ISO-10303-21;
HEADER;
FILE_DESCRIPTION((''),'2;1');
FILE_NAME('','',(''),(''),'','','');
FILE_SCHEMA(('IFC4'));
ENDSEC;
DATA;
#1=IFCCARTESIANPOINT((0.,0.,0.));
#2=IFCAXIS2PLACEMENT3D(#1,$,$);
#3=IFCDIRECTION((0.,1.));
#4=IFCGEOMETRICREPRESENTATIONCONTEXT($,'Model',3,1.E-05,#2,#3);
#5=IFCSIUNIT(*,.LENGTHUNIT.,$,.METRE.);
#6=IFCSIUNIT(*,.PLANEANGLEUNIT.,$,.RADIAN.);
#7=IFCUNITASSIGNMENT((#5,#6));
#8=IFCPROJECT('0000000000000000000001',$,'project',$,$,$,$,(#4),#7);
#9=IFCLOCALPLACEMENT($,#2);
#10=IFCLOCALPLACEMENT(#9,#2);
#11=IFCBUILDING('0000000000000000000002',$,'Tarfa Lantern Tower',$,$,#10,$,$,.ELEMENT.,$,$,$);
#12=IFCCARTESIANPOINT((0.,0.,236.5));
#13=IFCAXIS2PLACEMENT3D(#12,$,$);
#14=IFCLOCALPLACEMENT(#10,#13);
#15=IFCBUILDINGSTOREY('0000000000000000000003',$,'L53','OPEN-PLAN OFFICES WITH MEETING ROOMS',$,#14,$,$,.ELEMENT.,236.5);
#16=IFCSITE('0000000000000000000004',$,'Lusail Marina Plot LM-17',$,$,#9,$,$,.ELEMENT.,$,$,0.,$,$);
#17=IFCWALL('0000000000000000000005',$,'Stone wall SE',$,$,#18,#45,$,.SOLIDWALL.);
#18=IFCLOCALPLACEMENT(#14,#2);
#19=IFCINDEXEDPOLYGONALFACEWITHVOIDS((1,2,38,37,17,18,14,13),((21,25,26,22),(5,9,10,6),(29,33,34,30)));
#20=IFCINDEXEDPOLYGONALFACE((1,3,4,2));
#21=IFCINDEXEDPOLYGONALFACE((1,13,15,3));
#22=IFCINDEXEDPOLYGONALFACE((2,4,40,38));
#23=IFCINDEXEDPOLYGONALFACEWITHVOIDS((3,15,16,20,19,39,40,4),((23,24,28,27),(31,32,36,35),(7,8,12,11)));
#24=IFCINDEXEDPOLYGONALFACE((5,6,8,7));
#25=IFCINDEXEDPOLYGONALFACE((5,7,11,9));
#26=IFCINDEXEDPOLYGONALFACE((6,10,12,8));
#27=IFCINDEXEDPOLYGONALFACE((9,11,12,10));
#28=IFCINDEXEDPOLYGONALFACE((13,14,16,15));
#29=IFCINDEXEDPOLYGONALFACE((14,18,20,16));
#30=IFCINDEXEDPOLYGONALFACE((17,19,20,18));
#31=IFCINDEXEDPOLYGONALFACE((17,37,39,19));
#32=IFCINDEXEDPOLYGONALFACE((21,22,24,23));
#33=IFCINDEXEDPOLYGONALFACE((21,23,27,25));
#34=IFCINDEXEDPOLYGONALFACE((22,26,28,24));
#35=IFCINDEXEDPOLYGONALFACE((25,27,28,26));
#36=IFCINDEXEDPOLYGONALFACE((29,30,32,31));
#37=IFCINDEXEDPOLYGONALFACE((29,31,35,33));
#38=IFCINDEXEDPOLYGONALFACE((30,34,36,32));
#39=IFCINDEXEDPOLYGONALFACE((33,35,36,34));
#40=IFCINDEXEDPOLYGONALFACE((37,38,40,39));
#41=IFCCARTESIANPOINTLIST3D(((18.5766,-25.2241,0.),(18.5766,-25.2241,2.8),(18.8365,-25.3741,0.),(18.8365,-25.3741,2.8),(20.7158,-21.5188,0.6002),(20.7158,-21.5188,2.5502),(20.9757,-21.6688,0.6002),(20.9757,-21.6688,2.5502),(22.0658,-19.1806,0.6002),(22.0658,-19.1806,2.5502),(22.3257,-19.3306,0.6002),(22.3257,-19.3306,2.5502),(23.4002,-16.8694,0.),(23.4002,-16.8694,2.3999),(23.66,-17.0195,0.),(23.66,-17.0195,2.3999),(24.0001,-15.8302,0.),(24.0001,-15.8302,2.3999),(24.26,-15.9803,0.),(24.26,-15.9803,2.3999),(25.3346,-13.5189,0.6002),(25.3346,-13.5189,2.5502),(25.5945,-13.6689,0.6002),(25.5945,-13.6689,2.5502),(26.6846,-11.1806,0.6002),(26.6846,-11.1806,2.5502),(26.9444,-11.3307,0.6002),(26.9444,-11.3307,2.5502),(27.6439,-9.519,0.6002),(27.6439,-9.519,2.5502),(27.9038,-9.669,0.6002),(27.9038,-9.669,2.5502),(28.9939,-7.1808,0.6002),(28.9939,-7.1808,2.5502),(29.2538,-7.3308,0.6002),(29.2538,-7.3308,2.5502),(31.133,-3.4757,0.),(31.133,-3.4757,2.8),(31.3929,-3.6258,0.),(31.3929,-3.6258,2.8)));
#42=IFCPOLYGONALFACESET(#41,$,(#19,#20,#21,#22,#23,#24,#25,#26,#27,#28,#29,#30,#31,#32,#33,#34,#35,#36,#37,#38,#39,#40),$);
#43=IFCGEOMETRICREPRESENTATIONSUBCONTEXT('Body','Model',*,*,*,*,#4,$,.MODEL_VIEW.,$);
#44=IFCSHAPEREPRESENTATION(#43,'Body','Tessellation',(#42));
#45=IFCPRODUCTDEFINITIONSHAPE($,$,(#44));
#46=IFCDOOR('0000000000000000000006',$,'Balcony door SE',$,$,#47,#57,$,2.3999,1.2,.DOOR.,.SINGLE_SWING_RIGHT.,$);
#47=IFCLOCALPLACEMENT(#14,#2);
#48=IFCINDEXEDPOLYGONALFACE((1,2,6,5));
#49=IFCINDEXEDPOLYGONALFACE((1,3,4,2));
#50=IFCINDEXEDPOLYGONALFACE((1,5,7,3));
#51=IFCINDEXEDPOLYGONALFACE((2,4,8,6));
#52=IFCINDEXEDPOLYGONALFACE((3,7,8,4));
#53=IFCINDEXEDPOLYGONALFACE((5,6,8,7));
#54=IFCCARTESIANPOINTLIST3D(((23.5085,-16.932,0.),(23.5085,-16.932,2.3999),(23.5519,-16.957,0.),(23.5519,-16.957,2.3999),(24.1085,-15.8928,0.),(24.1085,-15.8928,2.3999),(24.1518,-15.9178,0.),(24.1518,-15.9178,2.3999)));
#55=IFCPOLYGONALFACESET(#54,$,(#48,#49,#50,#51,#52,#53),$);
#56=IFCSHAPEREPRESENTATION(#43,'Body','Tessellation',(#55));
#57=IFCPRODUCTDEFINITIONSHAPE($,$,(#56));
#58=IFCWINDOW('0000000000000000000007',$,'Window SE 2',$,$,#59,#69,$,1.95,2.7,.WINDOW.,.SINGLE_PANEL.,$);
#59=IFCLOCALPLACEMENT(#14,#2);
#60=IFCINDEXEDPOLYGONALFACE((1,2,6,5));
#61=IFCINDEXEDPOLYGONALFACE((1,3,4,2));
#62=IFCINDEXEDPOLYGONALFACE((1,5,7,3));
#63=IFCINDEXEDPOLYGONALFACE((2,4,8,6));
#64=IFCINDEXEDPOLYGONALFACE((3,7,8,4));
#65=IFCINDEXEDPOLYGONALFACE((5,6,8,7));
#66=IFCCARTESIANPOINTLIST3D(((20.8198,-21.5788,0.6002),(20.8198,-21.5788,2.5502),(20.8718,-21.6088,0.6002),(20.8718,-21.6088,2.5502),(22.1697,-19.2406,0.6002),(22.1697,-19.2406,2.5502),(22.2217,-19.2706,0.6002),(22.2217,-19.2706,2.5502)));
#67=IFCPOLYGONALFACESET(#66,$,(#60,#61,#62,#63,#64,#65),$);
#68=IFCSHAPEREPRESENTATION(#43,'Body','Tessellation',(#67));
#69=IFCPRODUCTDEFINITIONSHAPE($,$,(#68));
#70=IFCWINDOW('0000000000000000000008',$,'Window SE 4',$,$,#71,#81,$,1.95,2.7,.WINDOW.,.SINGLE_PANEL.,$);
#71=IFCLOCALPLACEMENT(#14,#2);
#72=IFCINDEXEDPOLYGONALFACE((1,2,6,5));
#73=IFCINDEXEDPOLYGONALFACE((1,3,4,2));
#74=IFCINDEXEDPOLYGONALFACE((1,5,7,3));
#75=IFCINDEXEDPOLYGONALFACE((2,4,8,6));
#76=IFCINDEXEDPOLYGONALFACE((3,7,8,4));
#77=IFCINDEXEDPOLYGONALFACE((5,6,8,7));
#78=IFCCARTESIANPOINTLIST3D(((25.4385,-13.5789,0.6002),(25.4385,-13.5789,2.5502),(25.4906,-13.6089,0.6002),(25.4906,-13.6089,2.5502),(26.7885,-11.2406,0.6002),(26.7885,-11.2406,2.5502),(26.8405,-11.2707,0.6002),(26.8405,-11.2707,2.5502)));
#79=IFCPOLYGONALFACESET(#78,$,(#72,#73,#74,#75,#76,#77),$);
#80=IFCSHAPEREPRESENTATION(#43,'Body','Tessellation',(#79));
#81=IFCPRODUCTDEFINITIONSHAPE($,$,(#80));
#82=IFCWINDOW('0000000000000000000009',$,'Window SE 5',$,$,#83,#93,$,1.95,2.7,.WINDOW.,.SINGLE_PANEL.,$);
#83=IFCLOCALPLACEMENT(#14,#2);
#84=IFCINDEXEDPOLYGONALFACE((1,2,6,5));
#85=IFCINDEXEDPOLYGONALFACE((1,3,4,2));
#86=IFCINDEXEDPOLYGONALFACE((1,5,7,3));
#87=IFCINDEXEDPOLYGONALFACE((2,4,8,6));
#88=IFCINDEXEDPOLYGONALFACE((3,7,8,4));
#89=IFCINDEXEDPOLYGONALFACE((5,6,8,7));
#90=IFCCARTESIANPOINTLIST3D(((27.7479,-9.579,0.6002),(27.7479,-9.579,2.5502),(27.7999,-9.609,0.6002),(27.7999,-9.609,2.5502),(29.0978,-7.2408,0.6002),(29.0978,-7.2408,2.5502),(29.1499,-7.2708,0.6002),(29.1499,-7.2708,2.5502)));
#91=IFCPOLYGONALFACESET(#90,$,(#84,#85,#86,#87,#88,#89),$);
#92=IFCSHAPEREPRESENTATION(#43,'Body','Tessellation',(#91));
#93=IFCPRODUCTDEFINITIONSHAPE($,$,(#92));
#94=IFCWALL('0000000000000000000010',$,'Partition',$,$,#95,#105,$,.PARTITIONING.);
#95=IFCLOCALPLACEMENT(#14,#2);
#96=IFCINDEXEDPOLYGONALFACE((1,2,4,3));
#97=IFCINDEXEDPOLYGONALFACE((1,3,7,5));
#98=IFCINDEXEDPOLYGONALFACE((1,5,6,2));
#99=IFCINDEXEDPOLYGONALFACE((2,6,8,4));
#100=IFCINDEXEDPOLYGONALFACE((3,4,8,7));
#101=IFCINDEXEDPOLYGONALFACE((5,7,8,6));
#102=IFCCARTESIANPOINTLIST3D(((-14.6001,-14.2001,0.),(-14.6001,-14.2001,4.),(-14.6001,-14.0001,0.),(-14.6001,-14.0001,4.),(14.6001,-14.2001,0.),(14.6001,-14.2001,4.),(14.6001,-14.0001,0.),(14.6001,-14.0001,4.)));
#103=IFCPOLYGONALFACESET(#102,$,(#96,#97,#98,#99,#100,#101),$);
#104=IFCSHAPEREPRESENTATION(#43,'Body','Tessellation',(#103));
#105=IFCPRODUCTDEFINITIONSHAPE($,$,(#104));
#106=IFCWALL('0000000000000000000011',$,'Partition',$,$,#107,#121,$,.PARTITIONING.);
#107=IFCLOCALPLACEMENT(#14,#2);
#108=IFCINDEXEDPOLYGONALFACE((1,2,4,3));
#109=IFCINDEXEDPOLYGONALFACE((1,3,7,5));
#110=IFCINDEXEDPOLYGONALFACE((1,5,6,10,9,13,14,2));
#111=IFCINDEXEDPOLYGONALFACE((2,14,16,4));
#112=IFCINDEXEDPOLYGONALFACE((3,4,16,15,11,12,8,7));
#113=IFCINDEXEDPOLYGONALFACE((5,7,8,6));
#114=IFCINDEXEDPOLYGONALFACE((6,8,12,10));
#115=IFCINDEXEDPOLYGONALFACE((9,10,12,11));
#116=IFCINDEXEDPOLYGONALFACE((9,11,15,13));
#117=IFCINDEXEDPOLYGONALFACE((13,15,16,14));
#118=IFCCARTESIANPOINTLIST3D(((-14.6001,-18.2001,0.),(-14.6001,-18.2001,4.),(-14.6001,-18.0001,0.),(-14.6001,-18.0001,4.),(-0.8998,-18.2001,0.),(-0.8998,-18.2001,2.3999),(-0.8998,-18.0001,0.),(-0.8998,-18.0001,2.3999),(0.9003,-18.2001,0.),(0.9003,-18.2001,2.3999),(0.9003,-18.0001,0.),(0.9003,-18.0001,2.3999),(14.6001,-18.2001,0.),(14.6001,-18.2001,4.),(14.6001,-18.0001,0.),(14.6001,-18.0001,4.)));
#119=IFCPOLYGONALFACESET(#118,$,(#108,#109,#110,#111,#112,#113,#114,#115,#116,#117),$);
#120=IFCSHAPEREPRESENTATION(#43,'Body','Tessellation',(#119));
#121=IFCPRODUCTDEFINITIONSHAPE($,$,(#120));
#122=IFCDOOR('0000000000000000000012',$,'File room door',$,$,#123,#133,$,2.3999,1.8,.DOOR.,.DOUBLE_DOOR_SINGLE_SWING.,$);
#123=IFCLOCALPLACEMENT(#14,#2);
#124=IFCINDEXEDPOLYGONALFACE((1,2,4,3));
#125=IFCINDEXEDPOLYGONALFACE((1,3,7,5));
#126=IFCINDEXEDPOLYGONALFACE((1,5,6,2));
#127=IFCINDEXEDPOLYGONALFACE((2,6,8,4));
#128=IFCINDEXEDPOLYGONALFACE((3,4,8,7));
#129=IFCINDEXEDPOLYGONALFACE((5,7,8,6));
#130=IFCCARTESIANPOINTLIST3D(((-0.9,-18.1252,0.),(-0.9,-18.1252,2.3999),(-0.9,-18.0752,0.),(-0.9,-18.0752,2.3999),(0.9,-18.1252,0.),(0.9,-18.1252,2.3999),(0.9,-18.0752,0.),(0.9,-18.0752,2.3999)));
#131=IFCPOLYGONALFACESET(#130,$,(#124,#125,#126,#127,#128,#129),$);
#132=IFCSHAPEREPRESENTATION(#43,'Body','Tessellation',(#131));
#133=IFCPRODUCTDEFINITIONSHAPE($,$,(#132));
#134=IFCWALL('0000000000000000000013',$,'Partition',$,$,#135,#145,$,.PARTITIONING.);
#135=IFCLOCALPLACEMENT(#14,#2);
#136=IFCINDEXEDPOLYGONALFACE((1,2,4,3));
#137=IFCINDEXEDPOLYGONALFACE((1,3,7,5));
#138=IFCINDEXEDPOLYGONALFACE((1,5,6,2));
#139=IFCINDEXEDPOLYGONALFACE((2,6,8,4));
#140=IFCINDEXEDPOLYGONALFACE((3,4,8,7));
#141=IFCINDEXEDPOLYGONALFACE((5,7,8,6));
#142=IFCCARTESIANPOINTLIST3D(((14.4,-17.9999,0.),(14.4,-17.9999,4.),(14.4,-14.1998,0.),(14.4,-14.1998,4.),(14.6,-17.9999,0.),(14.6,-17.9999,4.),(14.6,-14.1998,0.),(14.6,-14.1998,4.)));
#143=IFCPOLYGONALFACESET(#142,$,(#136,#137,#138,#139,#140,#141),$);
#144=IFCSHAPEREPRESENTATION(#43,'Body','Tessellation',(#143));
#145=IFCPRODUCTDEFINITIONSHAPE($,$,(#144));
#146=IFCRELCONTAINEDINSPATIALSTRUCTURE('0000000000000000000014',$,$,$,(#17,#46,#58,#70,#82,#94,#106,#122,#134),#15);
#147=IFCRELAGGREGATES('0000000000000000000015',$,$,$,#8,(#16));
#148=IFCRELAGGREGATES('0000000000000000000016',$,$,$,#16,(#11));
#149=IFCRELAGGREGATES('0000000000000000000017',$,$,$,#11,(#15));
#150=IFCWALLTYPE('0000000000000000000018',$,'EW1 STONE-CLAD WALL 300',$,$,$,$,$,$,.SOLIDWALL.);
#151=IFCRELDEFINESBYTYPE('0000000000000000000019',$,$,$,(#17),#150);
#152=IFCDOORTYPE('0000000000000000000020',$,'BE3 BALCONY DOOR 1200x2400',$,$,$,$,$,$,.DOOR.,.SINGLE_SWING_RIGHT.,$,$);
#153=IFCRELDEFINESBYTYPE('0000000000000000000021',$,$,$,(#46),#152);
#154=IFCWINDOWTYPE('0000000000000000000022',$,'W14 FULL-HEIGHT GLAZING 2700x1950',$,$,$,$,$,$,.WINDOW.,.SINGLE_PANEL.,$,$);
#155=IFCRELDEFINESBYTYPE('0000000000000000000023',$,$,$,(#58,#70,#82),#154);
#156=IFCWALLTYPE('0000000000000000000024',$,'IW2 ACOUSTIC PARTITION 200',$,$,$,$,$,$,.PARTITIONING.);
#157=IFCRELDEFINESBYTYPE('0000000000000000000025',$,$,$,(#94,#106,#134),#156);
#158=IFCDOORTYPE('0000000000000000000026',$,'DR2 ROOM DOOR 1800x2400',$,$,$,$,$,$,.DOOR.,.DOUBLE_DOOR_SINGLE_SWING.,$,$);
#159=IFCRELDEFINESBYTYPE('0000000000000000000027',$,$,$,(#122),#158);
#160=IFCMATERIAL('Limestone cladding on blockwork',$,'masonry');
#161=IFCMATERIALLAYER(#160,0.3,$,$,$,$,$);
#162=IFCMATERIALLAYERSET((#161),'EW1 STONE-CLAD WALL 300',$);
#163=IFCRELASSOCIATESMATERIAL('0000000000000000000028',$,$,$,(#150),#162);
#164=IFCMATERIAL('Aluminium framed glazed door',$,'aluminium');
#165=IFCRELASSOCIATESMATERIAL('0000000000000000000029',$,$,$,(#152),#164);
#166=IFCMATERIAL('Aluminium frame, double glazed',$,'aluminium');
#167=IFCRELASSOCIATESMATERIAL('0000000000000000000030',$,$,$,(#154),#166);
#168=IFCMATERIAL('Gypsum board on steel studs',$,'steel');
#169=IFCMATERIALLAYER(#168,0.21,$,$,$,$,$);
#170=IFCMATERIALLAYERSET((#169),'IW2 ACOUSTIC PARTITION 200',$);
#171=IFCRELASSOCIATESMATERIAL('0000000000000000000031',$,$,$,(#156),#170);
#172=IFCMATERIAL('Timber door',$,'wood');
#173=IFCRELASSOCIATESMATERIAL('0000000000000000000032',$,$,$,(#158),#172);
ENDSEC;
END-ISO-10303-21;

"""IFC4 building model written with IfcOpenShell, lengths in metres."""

from ifc_helpers import new_model, si_unit, direction, frame, frame_2d, origin, place, context, subcontext, project, spatial, rectangle, extrude, material, layer, layer_set, type_object, element, fill, save


model = new_model("IFC4")

# Units and contexts
model_context = context("Model", 3, precision=1e-05, world=origin(), true_north=direction((0.0, 1.0)))
body_context = subcontext(model_context, "Body", "Model", "MODEL_VIEW")
ifc_project = project(units=[si_unit("LENGTHUNIT", "METRE"), si_unit("PLANEANGLEUNIT", "RADIAN")], contexts=[model_context])

# Site, building, storey
site_placement = place(None, origin())
site = spatial("IfcSite", under=ifc_project, at=site_placement, Name="Lusail Marina Plot LM-17", CompositionType="ELEMENT", RefElevation=0.0)
building_placement = place(site_placement, origin())
building = spatial("IfcBuilding", under=site, at=building_placement, Name="Tarfa Lantern Tower", CompositionType="ELEMENT")
storey_placement = place(building_placement, frame((0.0, 0.0, 236.5)))
storey = spatial("IfcBuildingStorey", under=building, at=storey_placement, Name="L53", Description="OPEN-PLAN OFFICES WITH MEETING ROOMS", CompositionType="ELEMENT", Elevation=236.5)

# Wall, openings, door, windows
ifc_material_1 = material(Name="Limestone cladding on blockwork", Category="masonry")
ifc_layer_1 = layer(ifc_material_1, 0.3)
ifc_layer_set_1 = layer_set([ifc_layer_1], Name="EW1 STONE-CLAD WALL 300")
wall_type_1 = type_object("IfcWallType", Name="EW1 STONE-CLAD WALL 300", PredefinedType="SOLIDWALL", material=ifc_layer_set_1)
wall_1_placement = place(storey_placement, frame((18.7065, -25.2991, 0.0), z_axis=(0.0, 0.0, 1.0), x_axis=(0.5, 0.866025, 0.0)))
wall_1 = element("IfcWall", 1, at=wall_1_placement, inside=storey, type_object=wall_type_1, Name="Stone wall SE", PredefinedType="SOLIDWALL", context=body_context, shape_type="SweptSolid", body=[
    extrude(rectangle(XDim=25.1128, YDim=0.3, at=frame_2d((12.5564, 0.0))), origin(), (0.0, 0.0, 1.0), 2.8),
])
opening_1_placement = place(wall_1_placement, frame((4.2783, 0.0, 0.6001)))
opening_1 = element("IfcOpeningElement", 2, at=opening_1_placement, cuts=wall_1, PredefinedType="OPENING", context=body_context, shape_type="SweptSolid", body=[
    extrude(rectangle(XDim=2.7, YDim=1.95, at=frame_2d((1.3501, 0.9751))), frame((0.0, 0.1599, 0.0), z_axis=(0.0, -1.0, 0.0), x_axis=(1.0, 0.0, 0.0)), (0.0, 0.0, 1.0), 0.3201),
])
opening_2_placement = place(wall_1_placement, frame((9.647, 0.0, 0.0)))
opening_2 = element("IfcOpeningElement", 3, at=opening_2_placement, cuts=wall_1, PredefinedType="OPENING", context=body_context, shape_type="SweptSolid", body=[
    extrude(rectangle(XDim=1.2, YDim=2.3999, at=frame_2d((0.6001, 1.2))), frame((0.0, 0.1599, 0.0), z_axis=(0.0, -1.0, 0.0), x_axis=(1.0, 0.0, 0.0)), (0.0, 0.0, 1.0), 0.3201),
])
opening_3_placement = place(wall_1_placement, frame((13.5159, 0.0, 0.6001)))
opening_3 = element("IfcOpeningElement", 4, at=opening_3_placement, cuts=wall_1, PredefinedType="OPENING", context=body_context, shape_type="SweptSolid", body=[
    extrude(rectangle(XDim=2.7, YDim=1.95, at=frame_2d((1.3501, 0.9751))), frame((0.0, 0.1599, 0.0), z_axis=(0.0, -1.0, 0.0), x_axis=(1.0, 0.0, 0.0)), (0.0, 0.0, 1.0), 0.3201),
])
opening_4_placement = place(wall_1_placement, frame((18.1345, 0.0, 0.6001)))
opening_4 = element("IfcOpeningElement", 5, at=opening_4_placement, cuts=wall_1, PredefinedType="OPENING", context=body_context, shape_type="SweptSolid", body=[
    extrude(rectangle(XDim=2.7, YDim=1.95, at=frame_2d((1.3501, 0.9751))), frame((0.0, 0.1599, 0.0), z_axis=(0.0, -1.0, 0.0), x_axis=(1.0, 0.0, 0.0)), (0.0, 0.0, 1.0), 0.3201),
])
ifc_material_2 = material(Name="Aluminium framed glazed door", Category="aluminium")
door_type_1 = type_object("IfcDoorType", Name="BE3 BALCONY DOOR 1200x2400", OperationType="SINGLE_SWING_RIGHT", PredefinedType="DOOR", material=ifc_material_2)
door_1_placement = place(opening_2_placement, origin())
door_1 = element("IfcDoor", 6, at=door_1_placement, inside=storey, type_object=door_type_1, Name="Balcony door SE", OperationType="SINGLE_SWING_RIGHT", OverallHeight=2.3999, OverallWidth=1.2, PredefinedType="DOOR", context=body_context, shape_type="SweptSolid", body=[
    extrude(rectangle(XDim=1.2, YDim=2.3999, at=frame_2d((0.6001, 1.2))), frame((0.0, 0.0249, 0.0), z_axis=(0.0, -1.0, 0.0), x_axis=(1.0, 0.0, 0.0)), (0.0, 0.0, 1.0), 0.05),
])
fill(opening_2, door_1)
ifc_material_3 = material(Name="Aluminium frame, double glazed", Category="aluminium")
window_type = type_object("IfcWindowType", Name="W14 FULL-HEIGHT GLAZING 2700x1950", PartitioningType="SINGLE_PANEL", PredefinedType="WINDOW", material=ifc_material_3)
window_1_placement = place(opening_1_placement, origin())
window_1 = element("IfcWindow", 7, at=window_1_placement, inside=storey, type_object=window_type, Name="Window SE 2", OverallHeight=1.95, OverallWidth=2.7, PartitioningType="SINGLE_PANEL", PredefinedType="WINDOW", context=body_context, shape_type="SweptSolid", body=[
    extrude(rectangle(XDim=2.7, YDim=1.95, at=frame_2d((1.3501, 0.9751))), frame((0.0, 0.03, 0.0), z_axis=(0.0, -1.0, 0.0), x_axis=(1.0, 0.0, 0.0)), (0.0, 0.0, 1.0), 0.0601),
])
fill(opening_1, window_1)
window_2_placement = place(opening_3_placement, origin())
window_2 = element("IfcWindow", 8, at=window_2_placement, inside=storey, type_object=window_type, Name="Window SE 4", OverallHeight=1.95, OverallWidth=2.7, PartitioningType="SINGLE_PANEL", PredefinedType="WINDOW", context=body_context, shape_type="SweptSolid", body=[
    extrude(rectangle(XDim=2.7, YDim=1.95, at=frame_2d((1.3501, 0.9751))), frame((0.0, 0.03, 0.0), z_axis=(0.0, -1.0, 0.0), x_axis=(1.0, 0.0, 0.0)), (0.0, 0.0, 1.0), 0.0601),
])
fill(opening_3, window_2)
window_3_placement = place(opening_4_placement, origin())
window_3 = element("IfcWindow", 9, at=window_3_placement, inside=storey, type_object=window_type, Name="Window SE 5", OverallHeight=1.95, OverallWidth=2.7, PartitioningType="SINGLE_PANEL", PredefinedType="WINDOW", context=body_context, shape_type="SweptSolid", body=[
    extrude(rectangle(XDim=2.7, YDim=1.95, at=frame_2d((1.3501, 0.9751))), frame((0.0, 0.03, 0.0), z_axis=(0.0, -1.0, 0.0), x_axis=(1.0, 0.0, 0.0)), (0.0, 0.0, 1.0), 0.0601),
])
fill(opening_4, window_3)

# Wall
ifc_material_4 = material(Name="Gypsum board on steel studs", Category="steel")
ifc_layer_2 = layer(ifc_material_4, 0.21)
ifc_layer_set_2 = layer_set([ifc_layer_2], Name="IW2 ACOUSTIC PARTITION 200")
wall_type_2 = type_object("IfcWallType", Name="IW2 ACOUSTIC PARTITION 200", PredefinedType="PARTITIONING", material=ifc_layer_set_2)
wall_2_placement = place(storey_placement, frame((14.6001, -14.1001, 0.0), z_axis=(0.0, 0.0, 1.0), x_axis=(-1.0, 0.0, 0.0)))
element("IfcWall", 10, at=wall_2_placement, inside=storey, type_object=wall_type_2, Name="Partition", PredefinedType="PARTITIONING", context=body_context, shape_type="SweptSolid", body=[
    extrude(rectangle(XDim=29.2002, YDim=0.2, at=frame_2d((14.6001, 0.0))), origin(), (0.0, 0.0, 1.0), 4.0),
])

# Wall, opening, door
wall_3_placement = place(storey_placement, frame((14.6001, -18.1001, 0.0), z_axis=(0.0, 0.0, 1.0), x_axis=(-1.0, 0.0, 0.0)))
wall_3 = element("IfcWall", 11, at=wall_3_placement, inside=storey, type_object=wall_type_2, Name="Partition", PredefinedType="PARTITIONING", context=body_context, shape_type="SweptSolid", body=[
    extrude(rectangle(XDim=29.2002, YDim=0.2, at=frame_2d((14.6001, 0.0))), origin(), (0.0, 0.0, 1.0), 4.0),
])
opening_5_placement = place(wall_3_placement, frame((13.7, 0.0, 0.0)))
opening_5 = element("IfcOpeningElement", 12, at=opening_5_placement, cuts=wall_3, PredefinedType="OPENING", context=body_context, shape_type="SweptSolid", body=[
    extrude(rectangle(XDim=1.8, YDim=2.3999, at=frame_2d((0.8999, 1.2))), frame((0.0, 0.1099, 0.0), z_axis=(0.0, -1.0, 0.0), x_axis=(1.0, 0.0, 0.0)), (0.0, 0.0, 1.0), 0.22),
])
ifc_material_5 = material(Name="Timber door", Category="wood")
door_type_2 = type_object("IfcDoorType", Name="DR2 ROOM DOOR 1800x2400", OperationType="DOUBLE_DOOR_SINGLE_SWING", PredefinedType="DOOR", material=ifc_material_5)
door_2_placement = place(opening_5_placement, frame((1.8, 0.0, 0.0), z_axis=(0.0, 0.0, 1.0), x_axis=(-1.0, 0.0, 0.0)))
door_2 = element("IfcDoor", 13, at=door_2_placement, inside=storey, type_object=door_type_2, Name="File room door", OperationType="DOUBLE_DOOR_SINGLE_SWING", OverallHeight=2.3999, OverallWidth=1.8, PredefinedType="DOOR", context=body_context, shape_type="SweptSolid", body=[
    extrude(rectangle(XDim=1.8, YDim=2.3999, at=frame_2d((0.8999, 1.2))), frame((0.0, 0.0249, 0.0), z_axis=(0.0, -1.0, 0.0), x_axis=(1.0, 0.0, 0.0)), (0.0, 0.0, 1.0), 0.05),
])
fill(opening_5, door_2)

# Wall
wall_4_placement = place(storey_placement, frame((14.5, -14.2, 0.0), z_axis=(0.0, 0.0, 1.0), x_axis=(0.0, -1.0, 0.0)))
element("IfcWall", 14, at=wall_4_placement, inside=storey, type_object=wall_type_2, Name="Partition", PredefinedType="PARTITIONING", context=body_context, shape_type="SweptSolid", body=[
    extrude(rectangle(XDim=3.8, YDim=0.2, at=frame_2d((1.8999, 0.0))), origin(), (0.0, 0.0, 1.0), 4.0),
])

save(model, "model.ifc")
